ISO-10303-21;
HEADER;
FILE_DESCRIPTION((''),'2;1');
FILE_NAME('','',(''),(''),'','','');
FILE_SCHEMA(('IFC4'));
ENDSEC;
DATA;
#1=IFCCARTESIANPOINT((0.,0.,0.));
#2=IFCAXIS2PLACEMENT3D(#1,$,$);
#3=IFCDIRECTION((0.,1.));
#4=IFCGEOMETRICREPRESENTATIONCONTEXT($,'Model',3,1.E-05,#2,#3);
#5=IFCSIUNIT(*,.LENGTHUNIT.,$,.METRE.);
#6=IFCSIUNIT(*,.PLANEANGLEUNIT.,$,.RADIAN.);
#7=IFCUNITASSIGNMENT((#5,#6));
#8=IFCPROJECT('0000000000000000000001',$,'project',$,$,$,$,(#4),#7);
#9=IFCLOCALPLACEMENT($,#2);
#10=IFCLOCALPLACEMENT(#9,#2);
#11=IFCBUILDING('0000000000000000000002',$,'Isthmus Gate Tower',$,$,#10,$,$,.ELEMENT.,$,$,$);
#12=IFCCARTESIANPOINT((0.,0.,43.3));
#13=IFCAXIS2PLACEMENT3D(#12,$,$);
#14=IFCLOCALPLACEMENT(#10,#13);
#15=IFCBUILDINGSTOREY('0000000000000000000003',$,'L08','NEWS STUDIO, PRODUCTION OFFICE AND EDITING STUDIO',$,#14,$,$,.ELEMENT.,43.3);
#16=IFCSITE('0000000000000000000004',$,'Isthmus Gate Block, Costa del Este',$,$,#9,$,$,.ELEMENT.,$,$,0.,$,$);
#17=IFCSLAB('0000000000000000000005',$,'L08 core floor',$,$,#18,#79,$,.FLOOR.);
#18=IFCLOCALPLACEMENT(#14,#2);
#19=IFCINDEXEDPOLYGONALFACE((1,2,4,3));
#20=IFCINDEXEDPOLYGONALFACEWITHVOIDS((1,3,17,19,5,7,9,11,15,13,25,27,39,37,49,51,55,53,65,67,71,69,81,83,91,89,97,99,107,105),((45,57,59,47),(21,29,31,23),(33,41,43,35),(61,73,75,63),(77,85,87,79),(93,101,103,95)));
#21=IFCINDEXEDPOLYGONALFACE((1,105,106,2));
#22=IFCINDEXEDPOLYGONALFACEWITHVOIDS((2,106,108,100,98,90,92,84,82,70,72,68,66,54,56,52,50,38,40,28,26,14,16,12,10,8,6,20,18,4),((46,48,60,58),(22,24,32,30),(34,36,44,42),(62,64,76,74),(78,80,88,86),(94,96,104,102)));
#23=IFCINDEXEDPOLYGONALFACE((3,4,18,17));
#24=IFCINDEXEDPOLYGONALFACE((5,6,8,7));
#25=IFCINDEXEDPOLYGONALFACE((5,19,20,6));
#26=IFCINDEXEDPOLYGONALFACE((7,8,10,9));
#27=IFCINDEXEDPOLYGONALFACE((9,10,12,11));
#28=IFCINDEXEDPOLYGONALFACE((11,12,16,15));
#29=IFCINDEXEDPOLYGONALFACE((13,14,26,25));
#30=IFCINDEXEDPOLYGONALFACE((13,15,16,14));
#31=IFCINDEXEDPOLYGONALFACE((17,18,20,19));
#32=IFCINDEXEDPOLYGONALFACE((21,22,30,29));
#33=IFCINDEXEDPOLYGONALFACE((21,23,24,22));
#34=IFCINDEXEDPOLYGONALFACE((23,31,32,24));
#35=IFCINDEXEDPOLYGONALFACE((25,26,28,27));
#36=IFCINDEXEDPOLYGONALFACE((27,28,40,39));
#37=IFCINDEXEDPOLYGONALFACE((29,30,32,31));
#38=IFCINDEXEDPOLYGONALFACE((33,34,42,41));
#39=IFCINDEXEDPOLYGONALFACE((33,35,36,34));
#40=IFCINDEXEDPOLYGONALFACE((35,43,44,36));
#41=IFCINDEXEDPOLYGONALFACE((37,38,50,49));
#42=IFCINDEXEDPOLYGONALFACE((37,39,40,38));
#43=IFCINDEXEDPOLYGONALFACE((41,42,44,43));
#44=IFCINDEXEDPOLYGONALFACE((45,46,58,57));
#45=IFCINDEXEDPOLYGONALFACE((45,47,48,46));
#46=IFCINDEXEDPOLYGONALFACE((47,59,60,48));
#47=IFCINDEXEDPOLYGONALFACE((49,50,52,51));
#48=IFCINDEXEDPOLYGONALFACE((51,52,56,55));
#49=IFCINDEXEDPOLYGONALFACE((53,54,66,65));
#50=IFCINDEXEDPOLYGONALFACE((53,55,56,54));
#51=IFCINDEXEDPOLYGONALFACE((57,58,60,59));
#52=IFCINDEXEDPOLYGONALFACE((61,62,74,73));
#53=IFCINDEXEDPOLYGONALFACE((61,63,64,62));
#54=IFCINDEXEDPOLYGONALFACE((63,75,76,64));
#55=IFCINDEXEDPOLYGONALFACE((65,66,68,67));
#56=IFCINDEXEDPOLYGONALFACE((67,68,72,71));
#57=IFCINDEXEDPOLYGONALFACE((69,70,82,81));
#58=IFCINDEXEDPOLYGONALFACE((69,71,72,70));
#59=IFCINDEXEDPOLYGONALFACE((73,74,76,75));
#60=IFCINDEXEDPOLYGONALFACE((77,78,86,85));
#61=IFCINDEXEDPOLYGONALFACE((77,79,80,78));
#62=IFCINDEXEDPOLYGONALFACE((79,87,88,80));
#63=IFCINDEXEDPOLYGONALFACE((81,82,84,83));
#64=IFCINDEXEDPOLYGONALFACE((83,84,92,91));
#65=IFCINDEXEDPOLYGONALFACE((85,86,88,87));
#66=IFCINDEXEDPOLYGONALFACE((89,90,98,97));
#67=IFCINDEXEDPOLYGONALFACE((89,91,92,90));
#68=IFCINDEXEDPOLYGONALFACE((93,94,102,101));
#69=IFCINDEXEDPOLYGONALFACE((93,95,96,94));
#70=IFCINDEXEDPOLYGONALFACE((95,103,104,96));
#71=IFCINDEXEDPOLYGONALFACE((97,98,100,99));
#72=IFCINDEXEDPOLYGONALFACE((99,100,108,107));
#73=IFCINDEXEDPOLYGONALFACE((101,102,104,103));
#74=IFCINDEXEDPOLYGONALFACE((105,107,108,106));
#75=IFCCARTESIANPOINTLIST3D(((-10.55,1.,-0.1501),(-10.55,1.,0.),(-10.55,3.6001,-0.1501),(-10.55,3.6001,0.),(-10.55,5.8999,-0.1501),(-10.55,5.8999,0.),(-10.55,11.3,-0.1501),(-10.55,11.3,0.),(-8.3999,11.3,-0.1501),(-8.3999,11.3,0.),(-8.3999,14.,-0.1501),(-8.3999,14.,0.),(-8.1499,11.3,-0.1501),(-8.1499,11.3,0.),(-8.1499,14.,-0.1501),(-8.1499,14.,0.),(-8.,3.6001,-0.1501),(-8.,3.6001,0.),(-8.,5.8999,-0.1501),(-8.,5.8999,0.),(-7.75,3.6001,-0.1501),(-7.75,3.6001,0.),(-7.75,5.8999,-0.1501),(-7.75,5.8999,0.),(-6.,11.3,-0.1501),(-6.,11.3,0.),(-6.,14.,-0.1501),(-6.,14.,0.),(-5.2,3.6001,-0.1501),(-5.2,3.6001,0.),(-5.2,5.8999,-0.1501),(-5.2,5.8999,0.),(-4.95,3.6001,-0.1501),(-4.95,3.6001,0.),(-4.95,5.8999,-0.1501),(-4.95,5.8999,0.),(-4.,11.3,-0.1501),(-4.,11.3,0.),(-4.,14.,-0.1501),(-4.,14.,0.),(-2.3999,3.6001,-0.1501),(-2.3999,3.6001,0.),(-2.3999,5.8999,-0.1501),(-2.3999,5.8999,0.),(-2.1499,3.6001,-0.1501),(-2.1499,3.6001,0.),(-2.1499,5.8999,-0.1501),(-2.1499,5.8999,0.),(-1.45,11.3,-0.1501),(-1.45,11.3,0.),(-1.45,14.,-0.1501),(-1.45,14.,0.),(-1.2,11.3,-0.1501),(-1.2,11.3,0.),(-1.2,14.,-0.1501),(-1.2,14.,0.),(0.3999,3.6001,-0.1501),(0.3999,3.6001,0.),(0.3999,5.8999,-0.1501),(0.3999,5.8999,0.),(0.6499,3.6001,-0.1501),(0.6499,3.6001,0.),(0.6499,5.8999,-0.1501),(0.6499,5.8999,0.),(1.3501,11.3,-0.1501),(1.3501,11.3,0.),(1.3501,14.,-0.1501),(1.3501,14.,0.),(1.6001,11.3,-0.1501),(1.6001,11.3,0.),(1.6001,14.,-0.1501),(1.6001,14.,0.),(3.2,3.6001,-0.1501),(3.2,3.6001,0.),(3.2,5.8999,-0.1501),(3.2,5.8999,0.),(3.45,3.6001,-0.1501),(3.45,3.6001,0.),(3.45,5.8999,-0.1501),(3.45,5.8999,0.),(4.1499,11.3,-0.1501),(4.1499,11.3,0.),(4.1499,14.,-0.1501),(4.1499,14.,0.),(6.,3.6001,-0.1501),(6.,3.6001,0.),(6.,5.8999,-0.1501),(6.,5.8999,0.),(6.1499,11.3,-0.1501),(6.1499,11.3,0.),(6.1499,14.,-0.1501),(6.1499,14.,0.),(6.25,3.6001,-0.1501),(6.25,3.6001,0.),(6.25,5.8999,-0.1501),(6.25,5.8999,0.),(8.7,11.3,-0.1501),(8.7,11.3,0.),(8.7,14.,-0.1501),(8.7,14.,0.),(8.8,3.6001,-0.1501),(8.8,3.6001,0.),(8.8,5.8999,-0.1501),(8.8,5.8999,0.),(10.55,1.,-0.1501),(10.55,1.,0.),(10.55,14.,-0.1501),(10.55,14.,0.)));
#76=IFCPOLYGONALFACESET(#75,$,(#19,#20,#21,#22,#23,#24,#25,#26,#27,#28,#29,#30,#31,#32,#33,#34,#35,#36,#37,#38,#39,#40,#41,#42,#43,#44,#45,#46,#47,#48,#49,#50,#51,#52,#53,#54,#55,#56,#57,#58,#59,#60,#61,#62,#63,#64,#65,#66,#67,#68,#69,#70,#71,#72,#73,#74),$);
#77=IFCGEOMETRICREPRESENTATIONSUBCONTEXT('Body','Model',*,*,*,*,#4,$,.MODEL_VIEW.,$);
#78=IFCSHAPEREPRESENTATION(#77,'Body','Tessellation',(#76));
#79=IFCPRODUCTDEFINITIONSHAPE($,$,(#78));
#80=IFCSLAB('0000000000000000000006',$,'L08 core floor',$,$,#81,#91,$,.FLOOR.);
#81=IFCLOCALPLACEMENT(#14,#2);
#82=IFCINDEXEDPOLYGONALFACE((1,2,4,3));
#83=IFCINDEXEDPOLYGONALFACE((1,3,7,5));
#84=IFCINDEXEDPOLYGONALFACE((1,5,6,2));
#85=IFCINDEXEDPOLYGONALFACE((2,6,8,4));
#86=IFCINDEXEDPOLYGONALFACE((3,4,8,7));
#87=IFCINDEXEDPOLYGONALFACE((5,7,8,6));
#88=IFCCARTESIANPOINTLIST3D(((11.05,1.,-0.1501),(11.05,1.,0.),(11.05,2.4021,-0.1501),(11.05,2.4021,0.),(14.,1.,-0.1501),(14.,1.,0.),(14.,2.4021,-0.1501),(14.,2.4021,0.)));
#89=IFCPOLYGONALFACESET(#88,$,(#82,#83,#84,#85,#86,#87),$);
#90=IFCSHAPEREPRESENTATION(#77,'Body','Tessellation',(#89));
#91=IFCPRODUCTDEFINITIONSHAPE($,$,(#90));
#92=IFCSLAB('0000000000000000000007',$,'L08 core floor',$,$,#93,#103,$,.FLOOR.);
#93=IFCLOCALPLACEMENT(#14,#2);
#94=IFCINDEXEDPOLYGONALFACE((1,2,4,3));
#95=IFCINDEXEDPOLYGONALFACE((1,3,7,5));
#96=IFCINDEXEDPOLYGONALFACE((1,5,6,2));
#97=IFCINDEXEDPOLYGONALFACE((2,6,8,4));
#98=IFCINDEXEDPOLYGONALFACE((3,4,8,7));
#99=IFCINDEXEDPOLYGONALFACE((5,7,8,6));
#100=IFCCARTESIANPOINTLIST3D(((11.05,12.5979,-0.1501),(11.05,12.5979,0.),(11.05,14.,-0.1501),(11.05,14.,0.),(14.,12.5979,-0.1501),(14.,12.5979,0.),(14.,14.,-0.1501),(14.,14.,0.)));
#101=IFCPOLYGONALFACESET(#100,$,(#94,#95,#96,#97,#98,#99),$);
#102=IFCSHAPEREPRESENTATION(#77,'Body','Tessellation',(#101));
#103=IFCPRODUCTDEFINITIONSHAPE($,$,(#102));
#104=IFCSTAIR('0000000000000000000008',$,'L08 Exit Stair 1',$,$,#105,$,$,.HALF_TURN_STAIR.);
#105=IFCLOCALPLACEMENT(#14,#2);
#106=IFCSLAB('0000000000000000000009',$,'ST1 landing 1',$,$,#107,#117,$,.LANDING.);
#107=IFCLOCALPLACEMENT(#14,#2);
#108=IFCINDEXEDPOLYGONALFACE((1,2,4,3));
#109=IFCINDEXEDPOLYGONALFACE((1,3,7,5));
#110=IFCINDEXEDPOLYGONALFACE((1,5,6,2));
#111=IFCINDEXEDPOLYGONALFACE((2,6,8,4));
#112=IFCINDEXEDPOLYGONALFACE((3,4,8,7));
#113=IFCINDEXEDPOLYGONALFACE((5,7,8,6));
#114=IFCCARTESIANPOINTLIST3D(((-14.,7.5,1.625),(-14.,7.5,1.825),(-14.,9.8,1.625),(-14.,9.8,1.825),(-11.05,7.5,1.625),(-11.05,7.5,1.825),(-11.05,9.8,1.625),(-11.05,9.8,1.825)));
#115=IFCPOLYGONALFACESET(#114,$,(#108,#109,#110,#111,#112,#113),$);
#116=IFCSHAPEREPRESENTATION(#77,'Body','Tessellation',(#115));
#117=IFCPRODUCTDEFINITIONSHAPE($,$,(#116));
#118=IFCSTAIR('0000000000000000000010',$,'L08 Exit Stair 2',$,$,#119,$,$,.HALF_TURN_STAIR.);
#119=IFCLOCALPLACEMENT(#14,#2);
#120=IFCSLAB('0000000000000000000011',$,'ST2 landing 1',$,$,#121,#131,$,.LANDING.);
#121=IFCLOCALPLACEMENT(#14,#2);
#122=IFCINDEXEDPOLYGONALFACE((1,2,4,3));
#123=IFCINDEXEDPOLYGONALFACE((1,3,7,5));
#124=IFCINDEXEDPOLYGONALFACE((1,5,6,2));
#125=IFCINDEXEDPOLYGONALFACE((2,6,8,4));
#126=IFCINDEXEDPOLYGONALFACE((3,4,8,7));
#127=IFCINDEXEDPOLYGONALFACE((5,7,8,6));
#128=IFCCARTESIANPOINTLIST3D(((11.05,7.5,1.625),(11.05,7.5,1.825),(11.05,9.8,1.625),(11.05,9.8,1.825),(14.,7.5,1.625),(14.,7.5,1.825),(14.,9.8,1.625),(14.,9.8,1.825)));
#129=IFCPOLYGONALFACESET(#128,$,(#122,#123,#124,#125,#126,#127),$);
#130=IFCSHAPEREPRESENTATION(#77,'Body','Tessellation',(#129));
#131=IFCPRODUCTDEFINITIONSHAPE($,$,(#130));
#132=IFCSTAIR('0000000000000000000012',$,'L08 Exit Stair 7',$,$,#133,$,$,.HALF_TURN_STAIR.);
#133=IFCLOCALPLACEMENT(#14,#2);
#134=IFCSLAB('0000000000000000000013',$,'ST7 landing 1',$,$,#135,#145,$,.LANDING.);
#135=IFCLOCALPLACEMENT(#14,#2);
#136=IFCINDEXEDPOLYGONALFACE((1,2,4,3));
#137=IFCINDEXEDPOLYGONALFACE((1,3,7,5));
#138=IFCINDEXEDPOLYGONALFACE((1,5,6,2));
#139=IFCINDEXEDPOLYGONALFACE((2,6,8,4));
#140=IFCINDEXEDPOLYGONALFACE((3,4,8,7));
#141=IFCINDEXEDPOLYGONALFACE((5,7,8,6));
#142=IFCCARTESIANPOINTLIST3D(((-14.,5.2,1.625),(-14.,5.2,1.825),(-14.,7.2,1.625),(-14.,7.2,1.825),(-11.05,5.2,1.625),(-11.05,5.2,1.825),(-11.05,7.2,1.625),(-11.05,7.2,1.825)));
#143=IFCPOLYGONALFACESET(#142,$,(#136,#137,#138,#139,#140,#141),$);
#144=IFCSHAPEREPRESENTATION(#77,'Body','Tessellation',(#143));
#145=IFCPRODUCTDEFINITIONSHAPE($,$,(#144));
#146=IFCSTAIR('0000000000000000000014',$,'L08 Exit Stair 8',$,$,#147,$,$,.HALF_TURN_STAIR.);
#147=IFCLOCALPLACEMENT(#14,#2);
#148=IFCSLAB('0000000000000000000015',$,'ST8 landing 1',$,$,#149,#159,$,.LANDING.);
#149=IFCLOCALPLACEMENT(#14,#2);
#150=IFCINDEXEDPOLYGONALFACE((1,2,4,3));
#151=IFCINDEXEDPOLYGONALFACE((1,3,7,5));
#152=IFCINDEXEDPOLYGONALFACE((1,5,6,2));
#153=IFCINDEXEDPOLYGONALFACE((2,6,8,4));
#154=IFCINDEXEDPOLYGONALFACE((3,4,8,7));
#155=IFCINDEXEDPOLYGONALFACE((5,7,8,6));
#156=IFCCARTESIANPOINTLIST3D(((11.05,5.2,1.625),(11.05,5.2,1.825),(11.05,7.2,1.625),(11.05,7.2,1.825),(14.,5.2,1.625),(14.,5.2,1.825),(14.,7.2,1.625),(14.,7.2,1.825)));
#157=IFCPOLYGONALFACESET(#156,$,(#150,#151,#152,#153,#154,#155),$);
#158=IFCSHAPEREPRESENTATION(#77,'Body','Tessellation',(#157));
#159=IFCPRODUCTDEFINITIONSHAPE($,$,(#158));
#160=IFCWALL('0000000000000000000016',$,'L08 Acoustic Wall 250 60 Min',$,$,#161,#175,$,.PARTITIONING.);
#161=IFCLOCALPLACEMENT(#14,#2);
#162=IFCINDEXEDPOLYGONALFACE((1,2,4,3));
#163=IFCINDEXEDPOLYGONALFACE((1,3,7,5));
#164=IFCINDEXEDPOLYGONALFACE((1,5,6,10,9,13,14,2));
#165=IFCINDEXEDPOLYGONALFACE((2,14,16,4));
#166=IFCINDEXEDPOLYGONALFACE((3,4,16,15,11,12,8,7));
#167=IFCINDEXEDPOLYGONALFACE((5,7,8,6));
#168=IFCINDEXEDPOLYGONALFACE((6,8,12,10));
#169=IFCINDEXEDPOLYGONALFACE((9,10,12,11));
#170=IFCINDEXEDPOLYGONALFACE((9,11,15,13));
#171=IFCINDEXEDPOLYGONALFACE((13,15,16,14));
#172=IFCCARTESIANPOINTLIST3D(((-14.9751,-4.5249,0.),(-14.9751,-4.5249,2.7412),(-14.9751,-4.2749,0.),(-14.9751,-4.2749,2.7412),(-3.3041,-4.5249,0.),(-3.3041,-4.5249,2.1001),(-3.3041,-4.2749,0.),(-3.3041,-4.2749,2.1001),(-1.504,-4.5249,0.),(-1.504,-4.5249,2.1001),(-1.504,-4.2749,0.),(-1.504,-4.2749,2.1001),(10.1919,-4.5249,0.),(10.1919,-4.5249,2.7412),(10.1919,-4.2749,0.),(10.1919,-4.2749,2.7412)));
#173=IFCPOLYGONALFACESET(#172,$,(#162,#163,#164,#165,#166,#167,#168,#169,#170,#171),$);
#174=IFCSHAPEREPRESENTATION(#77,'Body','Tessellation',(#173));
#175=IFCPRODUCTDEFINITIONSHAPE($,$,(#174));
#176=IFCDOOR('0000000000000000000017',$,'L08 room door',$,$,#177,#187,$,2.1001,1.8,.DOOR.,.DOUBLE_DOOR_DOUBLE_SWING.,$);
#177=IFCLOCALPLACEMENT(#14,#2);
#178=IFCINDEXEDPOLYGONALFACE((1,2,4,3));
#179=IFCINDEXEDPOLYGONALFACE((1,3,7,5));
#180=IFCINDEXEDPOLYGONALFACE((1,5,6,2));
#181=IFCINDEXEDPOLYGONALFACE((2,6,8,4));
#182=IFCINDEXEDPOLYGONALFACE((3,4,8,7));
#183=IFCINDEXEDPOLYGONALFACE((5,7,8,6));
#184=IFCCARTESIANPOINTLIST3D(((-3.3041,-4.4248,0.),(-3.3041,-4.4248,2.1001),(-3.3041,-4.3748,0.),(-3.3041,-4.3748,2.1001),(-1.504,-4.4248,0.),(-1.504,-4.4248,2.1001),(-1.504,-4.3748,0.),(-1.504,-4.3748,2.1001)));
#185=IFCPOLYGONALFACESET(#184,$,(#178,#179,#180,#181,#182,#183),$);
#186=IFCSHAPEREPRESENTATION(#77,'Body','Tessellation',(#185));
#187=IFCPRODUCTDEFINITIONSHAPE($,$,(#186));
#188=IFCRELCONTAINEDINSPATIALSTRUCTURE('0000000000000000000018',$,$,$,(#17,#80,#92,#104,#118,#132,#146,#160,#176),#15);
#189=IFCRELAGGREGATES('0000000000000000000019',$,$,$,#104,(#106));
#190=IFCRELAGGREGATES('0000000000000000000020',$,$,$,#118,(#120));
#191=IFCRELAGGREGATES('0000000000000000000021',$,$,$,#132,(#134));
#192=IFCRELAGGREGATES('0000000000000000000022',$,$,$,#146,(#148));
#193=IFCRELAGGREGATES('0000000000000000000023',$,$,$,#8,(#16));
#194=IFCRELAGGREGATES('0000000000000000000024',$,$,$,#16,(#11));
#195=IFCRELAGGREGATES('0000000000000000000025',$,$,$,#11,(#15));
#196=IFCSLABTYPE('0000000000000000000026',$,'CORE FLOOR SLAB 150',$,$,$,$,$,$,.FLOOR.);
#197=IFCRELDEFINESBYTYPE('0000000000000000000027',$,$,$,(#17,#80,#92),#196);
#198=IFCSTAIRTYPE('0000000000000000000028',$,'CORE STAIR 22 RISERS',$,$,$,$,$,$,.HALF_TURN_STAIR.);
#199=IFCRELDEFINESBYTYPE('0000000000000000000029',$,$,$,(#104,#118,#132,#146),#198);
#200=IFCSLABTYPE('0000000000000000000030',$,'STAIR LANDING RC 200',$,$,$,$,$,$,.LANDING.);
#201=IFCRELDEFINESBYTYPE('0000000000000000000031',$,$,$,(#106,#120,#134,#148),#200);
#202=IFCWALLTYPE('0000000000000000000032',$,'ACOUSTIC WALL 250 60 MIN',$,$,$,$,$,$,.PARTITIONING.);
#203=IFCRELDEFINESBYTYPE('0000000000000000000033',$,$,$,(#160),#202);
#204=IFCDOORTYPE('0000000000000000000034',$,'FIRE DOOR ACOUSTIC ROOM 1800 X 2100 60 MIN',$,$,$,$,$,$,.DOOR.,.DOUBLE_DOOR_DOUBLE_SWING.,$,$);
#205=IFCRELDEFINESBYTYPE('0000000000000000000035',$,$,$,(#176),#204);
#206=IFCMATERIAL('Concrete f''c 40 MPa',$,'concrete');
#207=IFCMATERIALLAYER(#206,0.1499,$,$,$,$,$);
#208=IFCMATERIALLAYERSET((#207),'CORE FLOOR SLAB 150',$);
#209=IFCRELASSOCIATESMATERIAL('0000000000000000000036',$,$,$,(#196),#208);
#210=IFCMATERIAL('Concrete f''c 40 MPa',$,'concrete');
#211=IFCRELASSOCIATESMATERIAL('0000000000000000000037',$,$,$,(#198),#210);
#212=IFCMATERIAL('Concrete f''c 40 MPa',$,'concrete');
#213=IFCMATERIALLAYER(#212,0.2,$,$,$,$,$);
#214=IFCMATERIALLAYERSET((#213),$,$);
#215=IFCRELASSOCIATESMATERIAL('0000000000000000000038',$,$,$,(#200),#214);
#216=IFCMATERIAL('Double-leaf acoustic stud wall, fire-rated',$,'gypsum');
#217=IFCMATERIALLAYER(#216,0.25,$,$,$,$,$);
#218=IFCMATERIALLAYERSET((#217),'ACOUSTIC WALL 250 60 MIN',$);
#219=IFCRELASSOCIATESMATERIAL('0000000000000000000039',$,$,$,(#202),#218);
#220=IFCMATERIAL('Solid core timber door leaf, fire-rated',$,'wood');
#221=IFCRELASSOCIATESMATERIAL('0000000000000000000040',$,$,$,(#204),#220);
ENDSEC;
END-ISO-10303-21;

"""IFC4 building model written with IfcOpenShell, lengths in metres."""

from ifc_helpers import new_model, si_unit, direction, frame, frame_2d, origin, place, context, subcontext, project, spatial, polyline, rectangle, outline, extrude, material, layer, layer_set, type_object, element, fill, aggregate, save


model = new_model("IFC4")

# Units and contexts
model_context = context("Model", 3, precision=1e-05, world=origin(), true_north=direction((0.0, 1.0)))
body_context = subcontext(model_context, "Body", "Model", "MODEL_VIEW")
ifc_project = project(units=[si_unit("LENGTHUNIT", "METRE"), si_unit("PLANEANGLEUNIT", "RADIAN")], contexts=[model_context])

# Site, building, storey
site_placement = place(None, origin())
site = spatial("IfcSite", under=ifc_project, at=site_placement, Name="Isthmus Gate Block, Costa del Este", CompositionType="ELEMENT", RefElevation=0.0)
building_placement = place(site_placement, origin())
building = spatial("IfcBuilding", under=site, at=building_placement, Name="Isthmus Gate Tower", CompositionType="ELEMENT")
storey_placement = place(building_placement, frame((0.0, 0.0, 43.3)))
storey = spatial("IfcBuildingStorey", under=building, at=storey_placement, Name="L08", Description="NEWS STUDIO, PRODUCTION OFFICE AND EDITING STUDIO", CompositionType="ELEMENT", Elevation=43.3)

# Slabs
ifc_material_1 = material(Name="Concrete f'c 40 MPa", Category="concrete")
ifc_layer_1 = layer(ifc_material_1, 0.1499)
ifc_layer_set_1 = layer_set([ifc_layer_1], Name="CORE FLOOR SLAB 150")
slab_type_1 = type_object("IfcSlabType", Name="CORE FLOOR SLAB 150", PredefinedType="FLOOR", material=ifc_layer_set_1)
slab_1_placement = place(storey_placement, frame((0.0, 0.0, -0.1501)))
element("IfcSlab", 1, at=slab_1_placement, inside=storey, type_object=slab_type_1, Name="L08 core floor", PredefinedType="FLOOR", context=body_context, shape_type="SweptSolid", body=[
    extrude(outline(polyline([(10.55, 14.0), (8.7, 14.0), (8.7, 11.3), (6.1499, 11.3), (6.1499, 14.0), (4.1499, 14.0), (4.1499, 11.3), (1.6001, 11.3), (1.6001, 14.0), (1.3501, 14.0), (1.3501, 11.3), (-1.2, 11.3), (-1.2, 14.0), (-1.45, 14.0), (-1.45, 11.3), (-4.0, 11.3), (-4.0, 14.0), (-6.0, 14.0), (-6.0, 11.3), (-8.1499, 11.3), (-8.1499, 14.0), (-8.3999, 14.0), (-8.3999, 11.3), (-10.55, 11.3), (-10.55, 5.8999), (-8.0, 5.8999), (-8.0, 3.6001), (-10.55, 3.6001), (-10.55, 1.0), (10.55, 1.0), (10.55, 14.0)]), holes=[polyline([(-5.2, 5.8999), (-5.2, 3.6001), (-7.75, 3.6001), (-7.75, 5.8999), (-5.2, 5.8999)]), polyline([(-2.3999, 5.8999), (-2.3999, 3.6001), (-4.95, 3.6001), (-4.95, 5.8999), (-2.3999, 5.8999)]), polyline([(0.3999, 5.8999), (0.3999, 3.6001), (-2.1499, 3.6001), (-2.1499, 5.8999), (0.3999, 5.8999)]), polyline([(3.2, 5.8999), (3.2, 3.6001), (0.6499, 3.6001), (0.6499, 5.8999), (3.2, 5.8999)]), polyline([(6.0, 5.8999), (6.0, 3.6001), (3.45, 3.6001), (3.45, 5.8999), (6.0, 5.8999)]), polyline([(8.8, 5.8999), (8.8, 3.6001), (6.25, 3.6001), (6.25, 5.8999), (8.8, 5.8999)])]), origin(), (0.0, 0.0, 1.0), 0.1501),
])
slab_2_placement = place(storey_placement, frame((0.0, 0.0, -0.1501)))
element("IfcSlab", 2, at=slab_2_placement, inside=storey, type_object=slab_type_1, Name="L08 core floor", PredefinedType="FLOOR", context=body_context, shape_type="SweptSolid", body=[
    extrude(outline(polyline([(14.0, 1.0), (14.0, 2.4021), (11.05, 2.4021), (11.05, 1.0), (14.0, 1.0)])), origin(), (0.0, 0.0, 1.0), 0.1501),
])
slab_3_placement = place(storey_placement, frame((0.0, 0.0, -0.1501)))
element("IfcSlab", 3, at=slab_3_placement, inside=storey, type_object=slab_type_1, Name="L08 core floor", PredefinedType="FLOOR", context=body_context, shape_type="SweptSolid", body=[
    extrude(outline(polyline([(11.05, 14.0), (11.05, 12.5979), (14.0, 12.5979), (14.0, 14.0), (11.05, 14.0)])), origin(), (0.0, 0.0, 1.0), 0.1501),
])

# Stairs, slabs
ifc_material_2 = material(Name="Concrete f'c 40 MPa", Category="concrete")
stair_type = type_object("IfcStairType", Name="CORE STAIR 22 RISERS", PredefinedType="HALF_TURN_STAIR", material=ifc_material_2)
stair_1_placement = place(storey_placement, origin())
stair_1 = element("IfcStair", 4, at=stair_1_placement, inside=storey, type_object=stair_type, Name="L08 Exit Stair 1", PredefinedType="HALF_TURN_STAIR")
ifc_material_3 = material(Name="Concrete f'c 40 MPa", Category="concrete")
ifc_layer_2 = layer(ifc_material_3, 0.2)
ifc_layer_set_2 = layer_set([ifc_layer_2])
slab_type_2 = type_object("IfcSlabType", Name="STAIR LANDING RC 200", PredefinedType="LANDING", material=ifc_layer_set_2)
slab_4_placement = place(storey_placement, frame((0.0, 0.0, 1.625)))
slab_4 = element("IfcSlab", 5, at=slab_4_placement, type_object=slab_type_2, Name="ST1 landing 1", PredefinedType="LANDING", context=body_context, shape_type="SweptSolid", body=[
    extrude(outline(polyline([(-14.0, 9.8), (-14.0, 7.5), (-11.05, 7.5), (-11.05, 9.8), (-14.0, 9.8)])), origin(), (0.0, 0.0, 1.0), 0.2),
])
aggregate(stair_1, [slab_4])
stair_2_placement = place(storey_placement, origin())
stair_2 = element("IfcStair", 6, at=stair_2_placement, inside=storey, type_object=stair_type, Name="L08 Exit Stair 2", PredefinedType="HALF_TURN_STAIR")
slab_5_placement = place(storey_placement, frame((0.0, 0.0, 1.625)))
slab_5 = element("IfcSlab", 7, at=slab_5_placement, type_object=slab_type_2, Name="ST2 landing 1", PredefinedType="LANDING", context=body_context, shape_type="SweptSolid", body=[
    extrude(outline(polyline([(11.05, 9.8), (11.05, 7.5), (14.0, 7.5), (14.0, 9.8), (11.05, 9.8)])), origin(), (0.0, 0.0, 1.0), 0.2),
])
aggregate(stair_2, [slab_5])
stair_3_placement = place(storey_placement, origin())
stair_3 = element("IfcStair", 8, at=stair_3_placement, inside=storey, type_object=stair_type, Name="L08 Exit Stair 7", PredefinedType="HALF_TURN_STAIR")
slab_6_placement = place(storey_placement, frame((0.0, 0.0, 1.625)))
slab_6 = element("IfcSlab", 9, at=slab_6_placement, type_object=slab_type_2, Name="ST7 landing 1", PredefinedType="LANDING", context=body_context, shape_type="SweptSolid", body=[
    extrude(outline(polyline([(-11.05, 5.2), (-11.05, 7.2), (-14.0, 7.2), (-14.0, 5.2), (-11.05, 5.2)])), origin(), (0.0, 0.0, 1.0), 0.2),
])
aggregate(stair_3, [slab_6])
stair_4_placement = place(storey_placement, origin())
stair_4 = element("IfcStair", 10, at=stair_4_placement, inside=storey, type_object=stair_type, Name="L08 Exit Stair 8", PredefinedType="HALF_TURN_STAIR")
slab_7_placement = place(storey_placement, frame((0.0, 0.0, 1.625)))
slab_7 = element("IfcSlab", 11, at=slab_7_placement, type_object=slab_type_2, Name="ST8 landing 1", PredefinedType="LANDING", context=body_context, shape_type="SweptSolid", body=[
    extrude(outline(polyline([(14.0, 5.2), (14.0, 7.2), (11.05, 7.2), (11.05, 5.2), (14.0, 5.2)])), origin(), (0.0, 0.0, 1.0), 0.2),
])

# Wall, opening, door
ifc_material_4 = material(Name="Double-leaf acoustic stud wall, fire-rated", Category="gypsum")
ifc_layer_3 = layer(ifc_material_4, 0.25)
ifc_layer_set_3 = layer_set([ifc_layer_3], Name="ACOUSTIC WALL 250 60 MIN")
wall_type_1 = type_object("IfcWallType", Name="ACOUSTIC WALL 250 60 MIN", PredefinedType="PARTITIONING", material=ifc_layer_set_3)
wall_1_placement = place(storey_placement, frame((10.1919, -4.3999, 0.0), z_axis=(0.0, 0.0, 1.0), x_axis=(-1.0, 0.0, 0.0)))
wall_1 = element("IfcWall", 12, at=wall_1_placement, inside=storey, type_object=wall_type_1, Name="L08 Acoustic Wall 250 60 Min", PredefinedType="PARTITIONING", context=body_context, shape_type="SweptSolid", body=[
    extrude(rectangle(XDim=25.167, YDim=0.25, at=frame_2d((12.5835, 0.0))), origin(), (0.0, 0.0, 1.0), 2.7412),
])
opening_placement = place(wall_1_placement, frame((11.696, 0.0, 0.0)))
opening = element("IfcOpeningElement", 13, at=opening_placement, cuts=wall_1, PredefinedType="OPENING", context=body_context, shape_type="SweptSolid", body=[
    extrude(rectangle(XDim=1.8, YDim=2.1001, at=frame_2d((0.8999, 1.05))), frame((0.0, 0.135, 0.0), z_axis=(0.0, -1.0, 0.0), x_axis=(1.0, 0.0, 0.0)), (0.0, 0.0, 1.0), 0.27),
])
ifc_material_5 = material(Name="Solid core timber door leaf, fire-rated", Category="wood")
door_type = type_object("IfcDoorType", Name="FIRE DOOR ACOUSTIC ROOM 1800 X 2100 60 MIN", OperationType="DOUBLE_DOOR_DOUBLE_SWING", PredefinedType="DOOR", material=ifc_material_5)
door_placement = place(opening_placement, origin())
door = element("IfcDoor", 14, at=door_placement, inside=storey, type_object=door_type, Name="L08 room door", OperationType="DOUBLE_DOOR_DOUBLE_SWING", OverallHeight=2.1001, OverallWidth=1.8, PredefinedType="DOOR", context=body_context, shape_type="SweptSolid", body=[
    extrude(rectangle(XDim=1.8, YDim=2.1001, at=frame_2d((0.8999, 1.05))), frame((0.0, 0.0249, 0.0), z_axis=(0.0, -1.0, 0.0), x_axis=(1.0, 0.0, 0.0)), (0.0, 0.0, 1.0), 0.05),
])
fill(opening, door)

aggregate(stair_4, [slab_7])

save(model, "model.ifc")
